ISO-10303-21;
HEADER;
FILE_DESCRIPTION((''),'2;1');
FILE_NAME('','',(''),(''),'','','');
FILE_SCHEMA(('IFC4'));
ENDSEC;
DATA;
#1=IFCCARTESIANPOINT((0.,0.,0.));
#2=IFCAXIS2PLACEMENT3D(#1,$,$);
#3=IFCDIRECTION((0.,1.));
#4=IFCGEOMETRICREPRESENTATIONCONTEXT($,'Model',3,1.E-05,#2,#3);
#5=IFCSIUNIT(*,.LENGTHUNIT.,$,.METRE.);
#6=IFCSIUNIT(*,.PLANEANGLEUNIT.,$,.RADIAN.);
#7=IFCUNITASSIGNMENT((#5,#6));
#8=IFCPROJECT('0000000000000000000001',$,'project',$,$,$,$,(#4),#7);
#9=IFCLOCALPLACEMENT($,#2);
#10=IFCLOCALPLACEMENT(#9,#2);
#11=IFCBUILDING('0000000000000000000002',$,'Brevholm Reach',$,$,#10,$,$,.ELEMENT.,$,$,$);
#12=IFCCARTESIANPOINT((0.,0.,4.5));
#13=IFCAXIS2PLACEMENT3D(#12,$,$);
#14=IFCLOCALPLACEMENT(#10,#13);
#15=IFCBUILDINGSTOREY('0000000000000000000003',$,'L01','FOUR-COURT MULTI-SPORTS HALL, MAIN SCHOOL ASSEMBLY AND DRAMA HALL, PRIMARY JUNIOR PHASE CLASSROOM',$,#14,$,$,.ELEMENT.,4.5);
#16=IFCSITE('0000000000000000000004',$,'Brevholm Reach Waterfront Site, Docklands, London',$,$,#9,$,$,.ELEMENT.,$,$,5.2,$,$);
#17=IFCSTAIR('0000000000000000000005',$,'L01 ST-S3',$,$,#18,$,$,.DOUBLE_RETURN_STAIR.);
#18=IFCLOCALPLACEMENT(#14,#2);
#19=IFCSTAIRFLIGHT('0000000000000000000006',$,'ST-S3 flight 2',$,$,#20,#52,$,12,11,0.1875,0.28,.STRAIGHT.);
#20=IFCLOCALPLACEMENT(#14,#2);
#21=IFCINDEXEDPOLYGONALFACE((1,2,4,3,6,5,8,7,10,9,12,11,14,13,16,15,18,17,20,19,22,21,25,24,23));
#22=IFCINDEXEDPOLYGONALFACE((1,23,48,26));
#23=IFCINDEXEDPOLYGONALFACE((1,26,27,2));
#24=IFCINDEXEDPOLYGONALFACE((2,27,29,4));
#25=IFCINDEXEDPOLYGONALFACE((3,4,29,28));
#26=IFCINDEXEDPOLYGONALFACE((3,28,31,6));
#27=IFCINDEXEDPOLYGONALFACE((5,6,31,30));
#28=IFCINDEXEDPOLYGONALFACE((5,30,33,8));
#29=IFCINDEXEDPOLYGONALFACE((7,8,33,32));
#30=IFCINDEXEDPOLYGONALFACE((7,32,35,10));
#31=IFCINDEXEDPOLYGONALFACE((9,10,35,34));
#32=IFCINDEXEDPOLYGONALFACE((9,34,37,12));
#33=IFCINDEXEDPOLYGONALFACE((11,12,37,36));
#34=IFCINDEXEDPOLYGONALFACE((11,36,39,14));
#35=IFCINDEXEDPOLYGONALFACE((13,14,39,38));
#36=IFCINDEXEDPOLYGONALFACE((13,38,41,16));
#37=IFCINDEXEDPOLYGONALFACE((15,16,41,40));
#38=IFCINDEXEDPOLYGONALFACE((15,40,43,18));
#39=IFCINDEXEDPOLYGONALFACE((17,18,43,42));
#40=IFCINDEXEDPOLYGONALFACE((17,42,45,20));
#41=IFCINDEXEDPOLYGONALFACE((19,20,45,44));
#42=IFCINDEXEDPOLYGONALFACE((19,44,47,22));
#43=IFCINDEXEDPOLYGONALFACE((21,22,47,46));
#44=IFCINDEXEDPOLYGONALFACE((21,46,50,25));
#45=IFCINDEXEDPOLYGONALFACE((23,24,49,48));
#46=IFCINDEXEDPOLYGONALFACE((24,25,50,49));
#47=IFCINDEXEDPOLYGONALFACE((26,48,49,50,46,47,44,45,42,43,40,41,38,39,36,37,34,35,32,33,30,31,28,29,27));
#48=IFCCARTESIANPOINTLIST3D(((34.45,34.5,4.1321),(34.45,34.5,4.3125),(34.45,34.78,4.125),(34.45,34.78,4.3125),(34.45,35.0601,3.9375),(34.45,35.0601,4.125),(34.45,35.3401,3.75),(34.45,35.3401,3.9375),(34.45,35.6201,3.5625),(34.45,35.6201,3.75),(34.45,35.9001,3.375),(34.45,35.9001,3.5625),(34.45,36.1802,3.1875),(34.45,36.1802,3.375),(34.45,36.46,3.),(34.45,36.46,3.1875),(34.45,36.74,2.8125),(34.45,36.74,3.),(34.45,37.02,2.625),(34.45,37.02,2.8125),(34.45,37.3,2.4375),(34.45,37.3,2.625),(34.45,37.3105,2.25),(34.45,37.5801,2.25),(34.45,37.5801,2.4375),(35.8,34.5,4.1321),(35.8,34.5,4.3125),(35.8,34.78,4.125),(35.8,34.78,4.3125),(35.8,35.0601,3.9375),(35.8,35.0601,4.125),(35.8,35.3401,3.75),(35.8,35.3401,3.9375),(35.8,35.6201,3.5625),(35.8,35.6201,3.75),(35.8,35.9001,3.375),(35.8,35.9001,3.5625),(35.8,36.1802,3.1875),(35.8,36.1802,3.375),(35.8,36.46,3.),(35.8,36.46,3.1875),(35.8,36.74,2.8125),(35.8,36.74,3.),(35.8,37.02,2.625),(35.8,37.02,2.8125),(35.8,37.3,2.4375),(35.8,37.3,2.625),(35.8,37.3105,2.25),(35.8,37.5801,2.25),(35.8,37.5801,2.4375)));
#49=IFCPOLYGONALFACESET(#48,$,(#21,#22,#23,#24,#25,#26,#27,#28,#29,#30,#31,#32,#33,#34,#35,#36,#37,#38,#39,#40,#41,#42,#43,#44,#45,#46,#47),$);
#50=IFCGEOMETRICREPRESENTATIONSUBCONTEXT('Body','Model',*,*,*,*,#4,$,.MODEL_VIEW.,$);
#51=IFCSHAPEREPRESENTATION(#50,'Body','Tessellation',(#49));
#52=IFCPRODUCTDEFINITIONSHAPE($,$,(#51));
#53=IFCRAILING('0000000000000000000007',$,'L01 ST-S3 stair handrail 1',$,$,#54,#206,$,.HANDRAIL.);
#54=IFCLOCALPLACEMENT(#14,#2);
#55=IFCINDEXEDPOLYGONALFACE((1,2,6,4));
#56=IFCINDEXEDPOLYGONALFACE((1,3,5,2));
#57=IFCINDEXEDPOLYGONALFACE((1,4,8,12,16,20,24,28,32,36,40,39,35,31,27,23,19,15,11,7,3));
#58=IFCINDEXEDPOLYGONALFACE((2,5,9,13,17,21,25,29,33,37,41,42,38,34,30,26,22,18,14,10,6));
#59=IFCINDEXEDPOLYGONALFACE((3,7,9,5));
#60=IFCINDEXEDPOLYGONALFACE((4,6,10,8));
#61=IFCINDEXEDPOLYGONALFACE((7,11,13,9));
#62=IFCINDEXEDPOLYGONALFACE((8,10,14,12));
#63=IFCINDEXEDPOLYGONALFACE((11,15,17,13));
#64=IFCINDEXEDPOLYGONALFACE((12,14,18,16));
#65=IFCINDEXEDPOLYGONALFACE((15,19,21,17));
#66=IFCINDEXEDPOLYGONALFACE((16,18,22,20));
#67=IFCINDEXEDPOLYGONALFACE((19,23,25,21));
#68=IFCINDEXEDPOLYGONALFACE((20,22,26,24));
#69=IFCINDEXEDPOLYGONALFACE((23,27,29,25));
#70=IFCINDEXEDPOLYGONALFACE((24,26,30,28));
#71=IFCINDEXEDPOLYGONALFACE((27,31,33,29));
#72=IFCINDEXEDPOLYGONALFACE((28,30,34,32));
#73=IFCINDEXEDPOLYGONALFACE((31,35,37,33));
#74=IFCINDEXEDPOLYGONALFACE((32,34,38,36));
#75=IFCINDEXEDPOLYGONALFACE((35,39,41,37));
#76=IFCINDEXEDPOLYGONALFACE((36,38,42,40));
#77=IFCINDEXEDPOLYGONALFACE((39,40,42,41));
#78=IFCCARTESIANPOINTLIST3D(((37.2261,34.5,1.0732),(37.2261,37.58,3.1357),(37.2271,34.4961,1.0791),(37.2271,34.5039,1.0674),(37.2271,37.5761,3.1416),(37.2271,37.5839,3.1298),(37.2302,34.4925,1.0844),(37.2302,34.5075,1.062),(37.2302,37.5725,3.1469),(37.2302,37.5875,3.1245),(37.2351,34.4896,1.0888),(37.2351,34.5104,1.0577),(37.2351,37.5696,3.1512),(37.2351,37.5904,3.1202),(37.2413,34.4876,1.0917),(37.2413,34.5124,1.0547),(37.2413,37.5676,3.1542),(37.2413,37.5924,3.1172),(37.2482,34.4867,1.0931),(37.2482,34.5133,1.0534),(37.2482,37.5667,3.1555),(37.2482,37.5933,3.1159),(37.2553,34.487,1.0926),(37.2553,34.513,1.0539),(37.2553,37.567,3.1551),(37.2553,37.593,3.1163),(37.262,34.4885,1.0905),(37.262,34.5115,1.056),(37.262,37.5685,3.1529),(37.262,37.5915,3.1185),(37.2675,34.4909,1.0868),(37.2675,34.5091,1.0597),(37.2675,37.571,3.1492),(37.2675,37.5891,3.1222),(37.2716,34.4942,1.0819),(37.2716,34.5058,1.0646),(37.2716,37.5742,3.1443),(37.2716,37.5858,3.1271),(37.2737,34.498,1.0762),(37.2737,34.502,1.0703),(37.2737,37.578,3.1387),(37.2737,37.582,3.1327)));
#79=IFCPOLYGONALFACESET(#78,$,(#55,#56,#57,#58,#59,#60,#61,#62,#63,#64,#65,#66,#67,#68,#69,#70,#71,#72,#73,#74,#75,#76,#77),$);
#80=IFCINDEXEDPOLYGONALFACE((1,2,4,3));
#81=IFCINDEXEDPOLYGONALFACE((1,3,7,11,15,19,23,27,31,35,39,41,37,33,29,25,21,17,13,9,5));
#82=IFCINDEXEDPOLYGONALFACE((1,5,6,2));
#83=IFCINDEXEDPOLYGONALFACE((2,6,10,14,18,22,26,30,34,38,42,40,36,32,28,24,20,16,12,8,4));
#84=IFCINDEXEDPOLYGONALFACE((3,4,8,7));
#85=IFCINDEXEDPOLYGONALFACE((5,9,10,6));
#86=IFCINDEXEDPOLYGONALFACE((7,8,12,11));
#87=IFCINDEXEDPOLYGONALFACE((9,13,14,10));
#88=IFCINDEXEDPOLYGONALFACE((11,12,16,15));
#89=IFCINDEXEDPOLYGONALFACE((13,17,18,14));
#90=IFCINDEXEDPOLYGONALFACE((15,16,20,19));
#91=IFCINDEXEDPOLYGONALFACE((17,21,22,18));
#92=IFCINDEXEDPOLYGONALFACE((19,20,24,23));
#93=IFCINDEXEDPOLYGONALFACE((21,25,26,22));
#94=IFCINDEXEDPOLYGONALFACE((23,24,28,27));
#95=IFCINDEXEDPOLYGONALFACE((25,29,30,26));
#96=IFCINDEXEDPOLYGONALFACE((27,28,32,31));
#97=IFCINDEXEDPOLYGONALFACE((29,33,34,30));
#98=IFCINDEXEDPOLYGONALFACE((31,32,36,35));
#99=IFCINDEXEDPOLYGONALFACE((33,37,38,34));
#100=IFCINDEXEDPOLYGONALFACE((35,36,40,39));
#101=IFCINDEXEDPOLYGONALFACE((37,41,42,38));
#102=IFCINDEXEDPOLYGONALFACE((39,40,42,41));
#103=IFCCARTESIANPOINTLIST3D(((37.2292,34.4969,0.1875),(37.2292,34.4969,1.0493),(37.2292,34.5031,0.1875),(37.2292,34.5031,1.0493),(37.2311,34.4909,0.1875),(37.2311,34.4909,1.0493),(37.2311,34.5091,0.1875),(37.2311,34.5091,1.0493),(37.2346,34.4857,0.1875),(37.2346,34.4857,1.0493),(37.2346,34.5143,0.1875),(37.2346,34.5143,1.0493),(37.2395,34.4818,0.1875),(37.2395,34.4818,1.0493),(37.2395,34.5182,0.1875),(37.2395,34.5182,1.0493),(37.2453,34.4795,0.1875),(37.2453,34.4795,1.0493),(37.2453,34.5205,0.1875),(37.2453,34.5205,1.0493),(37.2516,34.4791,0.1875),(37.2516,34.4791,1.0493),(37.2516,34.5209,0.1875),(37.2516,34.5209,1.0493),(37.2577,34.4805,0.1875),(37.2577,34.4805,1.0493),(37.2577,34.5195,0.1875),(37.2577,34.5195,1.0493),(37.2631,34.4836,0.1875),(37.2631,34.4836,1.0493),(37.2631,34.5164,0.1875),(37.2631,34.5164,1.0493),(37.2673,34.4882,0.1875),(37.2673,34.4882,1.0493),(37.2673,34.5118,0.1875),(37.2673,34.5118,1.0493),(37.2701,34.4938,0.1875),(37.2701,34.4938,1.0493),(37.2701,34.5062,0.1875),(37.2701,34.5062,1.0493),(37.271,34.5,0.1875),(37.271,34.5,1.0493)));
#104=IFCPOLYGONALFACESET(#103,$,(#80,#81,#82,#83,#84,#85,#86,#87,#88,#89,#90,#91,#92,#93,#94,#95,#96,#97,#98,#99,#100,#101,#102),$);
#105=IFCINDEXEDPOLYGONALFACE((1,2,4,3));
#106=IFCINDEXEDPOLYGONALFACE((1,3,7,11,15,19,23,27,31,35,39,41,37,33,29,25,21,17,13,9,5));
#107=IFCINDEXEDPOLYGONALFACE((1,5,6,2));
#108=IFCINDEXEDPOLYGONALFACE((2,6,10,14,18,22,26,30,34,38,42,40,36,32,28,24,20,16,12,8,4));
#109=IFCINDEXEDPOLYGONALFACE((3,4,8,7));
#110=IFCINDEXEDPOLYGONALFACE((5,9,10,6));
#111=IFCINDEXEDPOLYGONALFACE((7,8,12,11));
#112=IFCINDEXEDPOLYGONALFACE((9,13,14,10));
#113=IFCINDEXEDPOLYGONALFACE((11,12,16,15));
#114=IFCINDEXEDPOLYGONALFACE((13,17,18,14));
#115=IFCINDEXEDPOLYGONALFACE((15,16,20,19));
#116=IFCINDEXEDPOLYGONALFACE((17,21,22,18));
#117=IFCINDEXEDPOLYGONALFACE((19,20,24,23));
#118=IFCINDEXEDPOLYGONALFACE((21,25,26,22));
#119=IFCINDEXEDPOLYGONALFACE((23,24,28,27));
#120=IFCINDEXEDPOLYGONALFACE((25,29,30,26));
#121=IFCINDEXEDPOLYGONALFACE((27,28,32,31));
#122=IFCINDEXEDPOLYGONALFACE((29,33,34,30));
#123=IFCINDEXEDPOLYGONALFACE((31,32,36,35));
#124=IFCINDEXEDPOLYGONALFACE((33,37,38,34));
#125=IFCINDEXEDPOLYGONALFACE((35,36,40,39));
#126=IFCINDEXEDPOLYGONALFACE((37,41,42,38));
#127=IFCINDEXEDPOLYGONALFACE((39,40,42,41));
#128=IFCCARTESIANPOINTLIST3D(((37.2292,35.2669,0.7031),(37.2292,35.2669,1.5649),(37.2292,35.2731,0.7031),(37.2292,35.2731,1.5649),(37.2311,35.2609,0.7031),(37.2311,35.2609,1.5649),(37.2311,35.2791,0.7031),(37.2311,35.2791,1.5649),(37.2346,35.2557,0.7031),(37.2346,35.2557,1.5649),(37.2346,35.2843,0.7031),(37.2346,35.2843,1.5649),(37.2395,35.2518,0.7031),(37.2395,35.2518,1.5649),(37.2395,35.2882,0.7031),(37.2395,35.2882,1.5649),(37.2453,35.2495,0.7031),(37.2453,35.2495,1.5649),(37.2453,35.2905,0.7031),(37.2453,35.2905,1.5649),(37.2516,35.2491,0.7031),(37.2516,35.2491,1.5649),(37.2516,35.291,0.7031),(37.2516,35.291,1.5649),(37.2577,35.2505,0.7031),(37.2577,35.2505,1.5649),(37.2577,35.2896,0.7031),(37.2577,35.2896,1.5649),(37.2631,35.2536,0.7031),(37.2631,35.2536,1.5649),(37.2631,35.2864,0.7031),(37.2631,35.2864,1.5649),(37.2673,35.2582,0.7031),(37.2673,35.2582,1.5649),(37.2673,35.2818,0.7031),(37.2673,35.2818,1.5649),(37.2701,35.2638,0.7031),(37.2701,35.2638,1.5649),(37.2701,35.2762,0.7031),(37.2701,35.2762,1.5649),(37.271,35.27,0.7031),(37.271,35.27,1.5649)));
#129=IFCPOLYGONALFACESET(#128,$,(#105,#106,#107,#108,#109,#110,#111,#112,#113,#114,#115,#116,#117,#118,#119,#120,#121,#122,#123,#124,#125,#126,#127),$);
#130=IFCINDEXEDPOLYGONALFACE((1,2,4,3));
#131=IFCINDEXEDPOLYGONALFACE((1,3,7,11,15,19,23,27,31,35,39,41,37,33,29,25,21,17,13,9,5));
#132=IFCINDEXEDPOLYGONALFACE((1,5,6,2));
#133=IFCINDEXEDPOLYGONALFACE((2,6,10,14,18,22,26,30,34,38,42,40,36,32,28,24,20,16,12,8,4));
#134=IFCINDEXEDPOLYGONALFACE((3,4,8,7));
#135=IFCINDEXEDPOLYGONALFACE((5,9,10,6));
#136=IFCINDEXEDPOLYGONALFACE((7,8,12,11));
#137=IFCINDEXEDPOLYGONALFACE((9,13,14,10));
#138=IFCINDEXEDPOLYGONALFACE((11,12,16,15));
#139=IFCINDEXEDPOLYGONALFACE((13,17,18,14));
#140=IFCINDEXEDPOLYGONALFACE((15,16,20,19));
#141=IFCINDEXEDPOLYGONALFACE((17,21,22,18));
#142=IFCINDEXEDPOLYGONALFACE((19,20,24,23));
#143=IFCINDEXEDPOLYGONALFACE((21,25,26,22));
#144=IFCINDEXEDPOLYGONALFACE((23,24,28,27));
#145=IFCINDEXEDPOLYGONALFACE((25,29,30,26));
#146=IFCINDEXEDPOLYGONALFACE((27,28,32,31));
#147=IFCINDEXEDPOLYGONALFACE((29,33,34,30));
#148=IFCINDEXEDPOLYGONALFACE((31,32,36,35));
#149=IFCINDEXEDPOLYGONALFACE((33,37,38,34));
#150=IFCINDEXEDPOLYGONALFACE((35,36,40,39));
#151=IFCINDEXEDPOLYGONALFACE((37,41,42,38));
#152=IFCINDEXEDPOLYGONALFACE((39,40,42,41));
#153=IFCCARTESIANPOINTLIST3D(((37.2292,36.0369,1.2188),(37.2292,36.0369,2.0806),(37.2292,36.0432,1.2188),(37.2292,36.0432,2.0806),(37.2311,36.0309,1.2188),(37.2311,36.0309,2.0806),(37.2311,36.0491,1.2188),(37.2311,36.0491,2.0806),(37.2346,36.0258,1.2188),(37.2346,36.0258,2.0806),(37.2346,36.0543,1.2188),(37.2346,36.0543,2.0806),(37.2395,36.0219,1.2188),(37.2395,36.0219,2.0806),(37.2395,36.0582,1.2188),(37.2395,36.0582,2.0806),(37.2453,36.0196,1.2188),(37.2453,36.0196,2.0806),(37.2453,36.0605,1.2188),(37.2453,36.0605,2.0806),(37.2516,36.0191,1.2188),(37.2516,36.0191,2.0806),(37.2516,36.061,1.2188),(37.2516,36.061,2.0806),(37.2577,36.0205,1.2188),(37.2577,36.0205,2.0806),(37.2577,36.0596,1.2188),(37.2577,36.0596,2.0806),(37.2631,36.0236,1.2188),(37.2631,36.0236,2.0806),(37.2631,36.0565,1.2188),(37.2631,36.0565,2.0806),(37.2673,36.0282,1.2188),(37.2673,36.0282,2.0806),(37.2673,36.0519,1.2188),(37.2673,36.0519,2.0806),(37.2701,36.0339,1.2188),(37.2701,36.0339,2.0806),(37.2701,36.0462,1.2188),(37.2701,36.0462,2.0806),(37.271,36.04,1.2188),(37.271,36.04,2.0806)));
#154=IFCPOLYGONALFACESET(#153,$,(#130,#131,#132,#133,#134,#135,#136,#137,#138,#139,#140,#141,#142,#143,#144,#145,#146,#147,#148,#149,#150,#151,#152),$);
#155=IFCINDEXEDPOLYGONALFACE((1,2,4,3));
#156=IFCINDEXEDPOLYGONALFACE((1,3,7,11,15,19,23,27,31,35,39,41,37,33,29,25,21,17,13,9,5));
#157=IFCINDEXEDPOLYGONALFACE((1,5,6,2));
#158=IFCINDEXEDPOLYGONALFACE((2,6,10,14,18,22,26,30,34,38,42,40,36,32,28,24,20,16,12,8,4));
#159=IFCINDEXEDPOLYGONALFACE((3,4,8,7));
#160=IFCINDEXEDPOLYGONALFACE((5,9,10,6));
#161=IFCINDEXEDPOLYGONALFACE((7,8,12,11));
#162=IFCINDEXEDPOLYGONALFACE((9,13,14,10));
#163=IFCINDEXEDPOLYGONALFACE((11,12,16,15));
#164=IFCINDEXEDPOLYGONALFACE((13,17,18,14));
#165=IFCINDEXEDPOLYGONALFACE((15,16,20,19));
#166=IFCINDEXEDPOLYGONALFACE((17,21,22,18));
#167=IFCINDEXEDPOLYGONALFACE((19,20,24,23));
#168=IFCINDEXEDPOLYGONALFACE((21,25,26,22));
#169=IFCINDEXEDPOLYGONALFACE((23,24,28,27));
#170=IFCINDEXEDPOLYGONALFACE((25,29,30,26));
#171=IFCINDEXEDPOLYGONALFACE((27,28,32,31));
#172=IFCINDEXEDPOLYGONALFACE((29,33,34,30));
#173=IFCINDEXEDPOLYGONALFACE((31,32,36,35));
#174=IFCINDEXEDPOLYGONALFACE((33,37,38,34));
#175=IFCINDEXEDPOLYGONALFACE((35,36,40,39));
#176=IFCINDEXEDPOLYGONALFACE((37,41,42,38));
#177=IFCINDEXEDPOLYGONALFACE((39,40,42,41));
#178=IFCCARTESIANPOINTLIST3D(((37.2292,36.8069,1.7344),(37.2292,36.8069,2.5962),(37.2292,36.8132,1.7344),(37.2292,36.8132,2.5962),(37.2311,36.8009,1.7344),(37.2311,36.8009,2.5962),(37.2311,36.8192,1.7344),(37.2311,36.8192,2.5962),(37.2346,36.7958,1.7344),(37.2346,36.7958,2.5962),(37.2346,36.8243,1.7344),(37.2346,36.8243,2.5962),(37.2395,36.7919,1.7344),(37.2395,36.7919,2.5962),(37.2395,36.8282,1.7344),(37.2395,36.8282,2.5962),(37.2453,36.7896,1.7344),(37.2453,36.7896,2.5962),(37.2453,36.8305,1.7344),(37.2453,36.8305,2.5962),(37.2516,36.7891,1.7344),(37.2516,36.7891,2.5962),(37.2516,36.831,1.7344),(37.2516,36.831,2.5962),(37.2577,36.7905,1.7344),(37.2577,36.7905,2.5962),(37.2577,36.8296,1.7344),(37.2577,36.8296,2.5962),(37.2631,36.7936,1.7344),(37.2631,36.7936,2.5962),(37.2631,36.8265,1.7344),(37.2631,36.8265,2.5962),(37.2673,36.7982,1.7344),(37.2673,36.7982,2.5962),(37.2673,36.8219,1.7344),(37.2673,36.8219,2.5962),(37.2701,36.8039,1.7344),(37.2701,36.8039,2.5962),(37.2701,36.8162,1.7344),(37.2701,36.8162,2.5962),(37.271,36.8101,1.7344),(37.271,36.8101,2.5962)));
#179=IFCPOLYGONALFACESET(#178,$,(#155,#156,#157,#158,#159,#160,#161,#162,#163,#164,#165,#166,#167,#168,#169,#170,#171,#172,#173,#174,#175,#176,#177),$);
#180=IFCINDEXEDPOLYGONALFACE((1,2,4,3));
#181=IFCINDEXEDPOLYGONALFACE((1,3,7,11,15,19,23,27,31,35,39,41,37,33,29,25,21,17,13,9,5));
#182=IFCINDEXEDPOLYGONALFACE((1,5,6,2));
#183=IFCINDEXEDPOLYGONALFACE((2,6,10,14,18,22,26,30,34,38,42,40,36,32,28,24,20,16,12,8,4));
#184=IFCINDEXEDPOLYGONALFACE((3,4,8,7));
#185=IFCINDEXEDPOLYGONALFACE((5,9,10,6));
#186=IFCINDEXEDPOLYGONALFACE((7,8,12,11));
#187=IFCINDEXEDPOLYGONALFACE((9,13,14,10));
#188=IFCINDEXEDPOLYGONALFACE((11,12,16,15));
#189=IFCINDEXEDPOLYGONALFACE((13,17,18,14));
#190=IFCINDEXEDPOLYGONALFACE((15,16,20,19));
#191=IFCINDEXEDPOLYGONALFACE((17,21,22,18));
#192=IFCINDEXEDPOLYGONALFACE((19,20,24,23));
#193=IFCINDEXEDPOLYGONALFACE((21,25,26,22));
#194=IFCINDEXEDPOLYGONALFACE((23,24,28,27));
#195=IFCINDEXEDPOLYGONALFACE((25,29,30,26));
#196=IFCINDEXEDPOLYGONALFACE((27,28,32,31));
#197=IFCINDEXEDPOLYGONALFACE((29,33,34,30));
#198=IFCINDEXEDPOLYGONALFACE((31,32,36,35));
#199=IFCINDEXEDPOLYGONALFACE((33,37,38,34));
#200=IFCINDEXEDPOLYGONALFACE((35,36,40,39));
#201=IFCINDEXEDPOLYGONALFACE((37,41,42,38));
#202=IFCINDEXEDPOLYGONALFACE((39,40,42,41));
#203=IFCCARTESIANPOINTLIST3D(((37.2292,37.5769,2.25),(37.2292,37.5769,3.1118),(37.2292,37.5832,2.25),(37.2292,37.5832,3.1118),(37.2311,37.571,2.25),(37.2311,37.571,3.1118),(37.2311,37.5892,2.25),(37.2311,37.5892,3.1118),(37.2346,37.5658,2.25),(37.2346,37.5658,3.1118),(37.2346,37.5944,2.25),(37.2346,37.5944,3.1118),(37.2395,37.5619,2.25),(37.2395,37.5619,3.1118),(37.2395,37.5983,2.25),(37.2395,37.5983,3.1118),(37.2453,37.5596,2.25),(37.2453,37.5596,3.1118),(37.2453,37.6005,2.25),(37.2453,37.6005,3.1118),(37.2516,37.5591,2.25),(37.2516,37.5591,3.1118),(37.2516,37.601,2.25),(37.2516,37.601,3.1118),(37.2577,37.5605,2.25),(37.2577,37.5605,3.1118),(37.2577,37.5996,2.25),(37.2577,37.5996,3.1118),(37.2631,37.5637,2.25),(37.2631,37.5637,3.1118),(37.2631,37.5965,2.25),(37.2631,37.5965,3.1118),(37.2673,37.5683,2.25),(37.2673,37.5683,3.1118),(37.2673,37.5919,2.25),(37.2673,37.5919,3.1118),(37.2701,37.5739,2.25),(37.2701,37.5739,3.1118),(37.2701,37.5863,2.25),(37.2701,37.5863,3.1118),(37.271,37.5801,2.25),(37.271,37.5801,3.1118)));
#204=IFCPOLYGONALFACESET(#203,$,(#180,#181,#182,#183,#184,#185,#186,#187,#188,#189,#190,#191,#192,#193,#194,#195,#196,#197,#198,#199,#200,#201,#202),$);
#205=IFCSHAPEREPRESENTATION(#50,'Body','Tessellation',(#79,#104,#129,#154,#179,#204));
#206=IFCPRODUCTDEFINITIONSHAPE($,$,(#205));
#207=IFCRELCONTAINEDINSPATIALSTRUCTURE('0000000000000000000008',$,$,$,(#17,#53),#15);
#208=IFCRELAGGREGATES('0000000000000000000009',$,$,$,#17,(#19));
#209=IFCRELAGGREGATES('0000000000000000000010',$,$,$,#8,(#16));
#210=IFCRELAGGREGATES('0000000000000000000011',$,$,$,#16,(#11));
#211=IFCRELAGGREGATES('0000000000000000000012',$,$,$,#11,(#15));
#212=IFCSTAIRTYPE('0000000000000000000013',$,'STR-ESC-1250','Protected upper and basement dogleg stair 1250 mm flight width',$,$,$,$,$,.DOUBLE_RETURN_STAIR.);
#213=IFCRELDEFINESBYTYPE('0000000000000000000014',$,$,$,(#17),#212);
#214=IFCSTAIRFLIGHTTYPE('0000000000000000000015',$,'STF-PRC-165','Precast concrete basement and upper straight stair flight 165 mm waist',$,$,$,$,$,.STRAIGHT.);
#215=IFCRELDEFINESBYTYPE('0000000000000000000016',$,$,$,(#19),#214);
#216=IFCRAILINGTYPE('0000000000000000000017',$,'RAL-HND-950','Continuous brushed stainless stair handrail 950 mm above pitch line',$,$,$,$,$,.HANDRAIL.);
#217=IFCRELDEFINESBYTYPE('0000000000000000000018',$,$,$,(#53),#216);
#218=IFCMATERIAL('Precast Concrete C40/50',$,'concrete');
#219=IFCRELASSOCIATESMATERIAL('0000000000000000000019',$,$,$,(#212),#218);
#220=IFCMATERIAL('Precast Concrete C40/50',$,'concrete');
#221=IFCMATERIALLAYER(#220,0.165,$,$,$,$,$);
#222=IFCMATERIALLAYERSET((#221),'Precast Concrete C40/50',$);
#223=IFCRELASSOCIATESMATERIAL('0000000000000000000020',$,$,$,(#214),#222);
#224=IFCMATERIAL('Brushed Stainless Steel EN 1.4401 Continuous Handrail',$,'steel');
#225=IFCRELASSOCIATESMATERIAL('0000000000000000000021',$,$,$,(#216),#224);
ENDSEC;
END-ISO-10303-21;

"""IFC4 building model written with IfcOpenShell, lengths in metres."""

from ifc_helpers import new_model, si_unit, direction, frame, origin, origin_2d, place, context, subcontext, project, spatial, polyline, circle, outline, extrude, material, layer, layer_set, type_object, element, aggregate, save


model = new_model("IFC4")

# Units and contexts
model_context = context("Model", 3, precision=1e-05, world=origin(), true_north=direction((0.0, 1.0)))
body_context = subcontext(model_context, "Body", "Model", "MODEL_VIEW")
ifc_project = project(units=[si_unit("LENGTHUNIT", "METRE"), si_unit("PLANEANGLEUNIT", "RADIAN")], contexts=[model_context])

# Site, building, storey
site_placement = place(None, origin())
site = spatial("IfcSite", under=ifc_project, at=site_placement, Name="Brevholm Reach Waterfront Site, Docklands, London", CompositionType="ELEMENT", RefElevation=5.2)
building_placement = place(site_placement, origin())
building = spatial("IfcBuilding", under=site, at=building_placement, Name="Brevholm Reach", CompositionType="ELEMENT")
storey_placement = place(building_placement, frame((0.0, 0.0, 4.5)))
storey = spatial("IfcBuildingStorey", under=building, at=storey_placement, Name="L01", Description="FOUR-COURT MULTI-SPORTS HALL, MAIN SCHOOL ASSEMBLY AND DRAMA HALL, PRIMARY JUNIOR PHASE CLASSROOM", CompositionType="ELEMENT", Elevation=4.5)

# Stair, stair flight
ifc_material_1 = material(Name="Precast Concrete C40/50", Category="concrete")
stair_type = type_object("IfcStairType", Name="STR-ESC-1250", Description="Protected upper and basement dogleg stair 1250 mm flight width", PredefinedType="DOUBLE_RETURN_STAIR", material=ifc_material_1)
stair_placement = place(storey_placement, origin())
stair = element("IfcStair", 1, at=stair_placement, inside=storey, type_object=stair_type, Name="L01 ST-S3", PredefinedType="DOUBLE_RETURN_STAIR")
ifc_material_2 = material(Name="Precast Concrete C40/50", Category="concrete")
ifc_layer_1 = layer(ifc_material_2, 0.165)
ifc_layer_set_1 = layer_set([ifc_layer_1], Name="Precast Concrete C40/50")
stair_flight_type = type_object("IfcStairFlightType", Name="STF-PRC-165", Description="Precast concrete basement and upper straight stair flight 165 mm waist", PredefinedType="STRAIGHT", material=ifc_layer_set_1)
stair_flight_1_placement = place(storey_placement, frame((35.125, 37.5801, 2.25), z_axis=(0.0, 0.0, 1.0), x_axis=(0.0, -1.0, 0.0)))
stair_flight_1 = element("IfcStairFlight", 2, at=stair_flight_1_placement, type_object=stair_flight_type, Name="ST-S3 flight 2", NumberOfRisers=12, NumberOfTreads=11, PredefinedType="STRAIGHT", RiserHeight=0.1875, TreadLength=0.28, context=body_context, shape_type="SweptSolid", body=[
    extrude(outline(polyline([(0.0, 0.0), (0.0, 0.1875), (0.28, 0.1875), (0.28, 0.375), (0.5601, 0.375), (0.5601, 0.5625), (0.8401, 0.5625), (0.8401, 0.75), (1.1201, 0.75), (1.1201, 0.9375), (1.3999, 0.9375), (1.3999, 1.125), (1.6799, 1.125), (1.6799, 1.3125), (1.96, 1.3125), (1.96, 1.5), (2.24, 1.5), (2.24, 1.6875), (2.52, 1.6875), (2.52, 1.875), (2.8, 1.875), (2.8, 2.0625), (3.0801, 2.0625), (3.0801, 2.25), (3.0801, 1.8821), (0.2695, 0.0), (0.0, 0.0)])), frame((0.0, 0.675, 0.0), z_axis=(0.0, -1.0, 0.0), x_axis=(1.0, 0.0, 0.0)), (0.0, 0.0, 1.0), 1.3501),
])
aggregate(stair, [stair_flight_1])

# Railing
ifc_material_3 = material(Name="Brushed Stainless Steel EN 1.4401 Continuous Handrail", Category="steel")
railing_type_1 = type_object("IfcRailingType", Name="RAL-HND-950", Description="Continuous brushed stainless stair handrail 950 mm above pitch line", PredefinedType="HANDRAIL", material=ifc_material_3)
railing_1_placement = place(storey_placement, frame((37.25, 34.5, 0.1875)))
element("IfcRailing", 3, at=railing_1_placement, inside=storey, type_object=railing_type_1, Name="L01 ST-S3 stair handrail 1", PredefinedType="HANDRAIL", context=body_context, shape_type="SweptSolid", body=[
    extrude(circle(Radius=0.0239, at=origin_2d()), frame((0.0, 0.0, 0.8857), z_axis=(0.0, 0.830914, 0.556401), x_axis=(-1.0, 0.0, 0.0)), (0.0, 0.0, 1.0), 3.7068),
    extrude(circle(Radius=0.021, at=origin_2d()), origin(), (0.0, 0.0, 1.0), 0.8618),
    extrude(circle(Radius=0.021, at=origin_2d()), frame((0.0, 0.77, 0.5156)), (0.0, 0.0, 1.0), 0.8618),
    extrude(circle(Radius=0.021, at=origin_2d()), frame((0.0, 1.54, 1.0312)), (0.0, 0.0, 1.0), 0.8618),
    extrude(circle(Radius=0.021, at=origin_2d()), frame((0.0, 2.3101, 1.5469)), (0.0, 0.0, 1.0), 0.8618),
    extrude(circle(Radius=0.021, at=origin_2d()), frame((0.0, 3.0801, 2.0625)), (0.0, 0.0, 1.0), 0.8618),
])

save(model, "model.ifc")
